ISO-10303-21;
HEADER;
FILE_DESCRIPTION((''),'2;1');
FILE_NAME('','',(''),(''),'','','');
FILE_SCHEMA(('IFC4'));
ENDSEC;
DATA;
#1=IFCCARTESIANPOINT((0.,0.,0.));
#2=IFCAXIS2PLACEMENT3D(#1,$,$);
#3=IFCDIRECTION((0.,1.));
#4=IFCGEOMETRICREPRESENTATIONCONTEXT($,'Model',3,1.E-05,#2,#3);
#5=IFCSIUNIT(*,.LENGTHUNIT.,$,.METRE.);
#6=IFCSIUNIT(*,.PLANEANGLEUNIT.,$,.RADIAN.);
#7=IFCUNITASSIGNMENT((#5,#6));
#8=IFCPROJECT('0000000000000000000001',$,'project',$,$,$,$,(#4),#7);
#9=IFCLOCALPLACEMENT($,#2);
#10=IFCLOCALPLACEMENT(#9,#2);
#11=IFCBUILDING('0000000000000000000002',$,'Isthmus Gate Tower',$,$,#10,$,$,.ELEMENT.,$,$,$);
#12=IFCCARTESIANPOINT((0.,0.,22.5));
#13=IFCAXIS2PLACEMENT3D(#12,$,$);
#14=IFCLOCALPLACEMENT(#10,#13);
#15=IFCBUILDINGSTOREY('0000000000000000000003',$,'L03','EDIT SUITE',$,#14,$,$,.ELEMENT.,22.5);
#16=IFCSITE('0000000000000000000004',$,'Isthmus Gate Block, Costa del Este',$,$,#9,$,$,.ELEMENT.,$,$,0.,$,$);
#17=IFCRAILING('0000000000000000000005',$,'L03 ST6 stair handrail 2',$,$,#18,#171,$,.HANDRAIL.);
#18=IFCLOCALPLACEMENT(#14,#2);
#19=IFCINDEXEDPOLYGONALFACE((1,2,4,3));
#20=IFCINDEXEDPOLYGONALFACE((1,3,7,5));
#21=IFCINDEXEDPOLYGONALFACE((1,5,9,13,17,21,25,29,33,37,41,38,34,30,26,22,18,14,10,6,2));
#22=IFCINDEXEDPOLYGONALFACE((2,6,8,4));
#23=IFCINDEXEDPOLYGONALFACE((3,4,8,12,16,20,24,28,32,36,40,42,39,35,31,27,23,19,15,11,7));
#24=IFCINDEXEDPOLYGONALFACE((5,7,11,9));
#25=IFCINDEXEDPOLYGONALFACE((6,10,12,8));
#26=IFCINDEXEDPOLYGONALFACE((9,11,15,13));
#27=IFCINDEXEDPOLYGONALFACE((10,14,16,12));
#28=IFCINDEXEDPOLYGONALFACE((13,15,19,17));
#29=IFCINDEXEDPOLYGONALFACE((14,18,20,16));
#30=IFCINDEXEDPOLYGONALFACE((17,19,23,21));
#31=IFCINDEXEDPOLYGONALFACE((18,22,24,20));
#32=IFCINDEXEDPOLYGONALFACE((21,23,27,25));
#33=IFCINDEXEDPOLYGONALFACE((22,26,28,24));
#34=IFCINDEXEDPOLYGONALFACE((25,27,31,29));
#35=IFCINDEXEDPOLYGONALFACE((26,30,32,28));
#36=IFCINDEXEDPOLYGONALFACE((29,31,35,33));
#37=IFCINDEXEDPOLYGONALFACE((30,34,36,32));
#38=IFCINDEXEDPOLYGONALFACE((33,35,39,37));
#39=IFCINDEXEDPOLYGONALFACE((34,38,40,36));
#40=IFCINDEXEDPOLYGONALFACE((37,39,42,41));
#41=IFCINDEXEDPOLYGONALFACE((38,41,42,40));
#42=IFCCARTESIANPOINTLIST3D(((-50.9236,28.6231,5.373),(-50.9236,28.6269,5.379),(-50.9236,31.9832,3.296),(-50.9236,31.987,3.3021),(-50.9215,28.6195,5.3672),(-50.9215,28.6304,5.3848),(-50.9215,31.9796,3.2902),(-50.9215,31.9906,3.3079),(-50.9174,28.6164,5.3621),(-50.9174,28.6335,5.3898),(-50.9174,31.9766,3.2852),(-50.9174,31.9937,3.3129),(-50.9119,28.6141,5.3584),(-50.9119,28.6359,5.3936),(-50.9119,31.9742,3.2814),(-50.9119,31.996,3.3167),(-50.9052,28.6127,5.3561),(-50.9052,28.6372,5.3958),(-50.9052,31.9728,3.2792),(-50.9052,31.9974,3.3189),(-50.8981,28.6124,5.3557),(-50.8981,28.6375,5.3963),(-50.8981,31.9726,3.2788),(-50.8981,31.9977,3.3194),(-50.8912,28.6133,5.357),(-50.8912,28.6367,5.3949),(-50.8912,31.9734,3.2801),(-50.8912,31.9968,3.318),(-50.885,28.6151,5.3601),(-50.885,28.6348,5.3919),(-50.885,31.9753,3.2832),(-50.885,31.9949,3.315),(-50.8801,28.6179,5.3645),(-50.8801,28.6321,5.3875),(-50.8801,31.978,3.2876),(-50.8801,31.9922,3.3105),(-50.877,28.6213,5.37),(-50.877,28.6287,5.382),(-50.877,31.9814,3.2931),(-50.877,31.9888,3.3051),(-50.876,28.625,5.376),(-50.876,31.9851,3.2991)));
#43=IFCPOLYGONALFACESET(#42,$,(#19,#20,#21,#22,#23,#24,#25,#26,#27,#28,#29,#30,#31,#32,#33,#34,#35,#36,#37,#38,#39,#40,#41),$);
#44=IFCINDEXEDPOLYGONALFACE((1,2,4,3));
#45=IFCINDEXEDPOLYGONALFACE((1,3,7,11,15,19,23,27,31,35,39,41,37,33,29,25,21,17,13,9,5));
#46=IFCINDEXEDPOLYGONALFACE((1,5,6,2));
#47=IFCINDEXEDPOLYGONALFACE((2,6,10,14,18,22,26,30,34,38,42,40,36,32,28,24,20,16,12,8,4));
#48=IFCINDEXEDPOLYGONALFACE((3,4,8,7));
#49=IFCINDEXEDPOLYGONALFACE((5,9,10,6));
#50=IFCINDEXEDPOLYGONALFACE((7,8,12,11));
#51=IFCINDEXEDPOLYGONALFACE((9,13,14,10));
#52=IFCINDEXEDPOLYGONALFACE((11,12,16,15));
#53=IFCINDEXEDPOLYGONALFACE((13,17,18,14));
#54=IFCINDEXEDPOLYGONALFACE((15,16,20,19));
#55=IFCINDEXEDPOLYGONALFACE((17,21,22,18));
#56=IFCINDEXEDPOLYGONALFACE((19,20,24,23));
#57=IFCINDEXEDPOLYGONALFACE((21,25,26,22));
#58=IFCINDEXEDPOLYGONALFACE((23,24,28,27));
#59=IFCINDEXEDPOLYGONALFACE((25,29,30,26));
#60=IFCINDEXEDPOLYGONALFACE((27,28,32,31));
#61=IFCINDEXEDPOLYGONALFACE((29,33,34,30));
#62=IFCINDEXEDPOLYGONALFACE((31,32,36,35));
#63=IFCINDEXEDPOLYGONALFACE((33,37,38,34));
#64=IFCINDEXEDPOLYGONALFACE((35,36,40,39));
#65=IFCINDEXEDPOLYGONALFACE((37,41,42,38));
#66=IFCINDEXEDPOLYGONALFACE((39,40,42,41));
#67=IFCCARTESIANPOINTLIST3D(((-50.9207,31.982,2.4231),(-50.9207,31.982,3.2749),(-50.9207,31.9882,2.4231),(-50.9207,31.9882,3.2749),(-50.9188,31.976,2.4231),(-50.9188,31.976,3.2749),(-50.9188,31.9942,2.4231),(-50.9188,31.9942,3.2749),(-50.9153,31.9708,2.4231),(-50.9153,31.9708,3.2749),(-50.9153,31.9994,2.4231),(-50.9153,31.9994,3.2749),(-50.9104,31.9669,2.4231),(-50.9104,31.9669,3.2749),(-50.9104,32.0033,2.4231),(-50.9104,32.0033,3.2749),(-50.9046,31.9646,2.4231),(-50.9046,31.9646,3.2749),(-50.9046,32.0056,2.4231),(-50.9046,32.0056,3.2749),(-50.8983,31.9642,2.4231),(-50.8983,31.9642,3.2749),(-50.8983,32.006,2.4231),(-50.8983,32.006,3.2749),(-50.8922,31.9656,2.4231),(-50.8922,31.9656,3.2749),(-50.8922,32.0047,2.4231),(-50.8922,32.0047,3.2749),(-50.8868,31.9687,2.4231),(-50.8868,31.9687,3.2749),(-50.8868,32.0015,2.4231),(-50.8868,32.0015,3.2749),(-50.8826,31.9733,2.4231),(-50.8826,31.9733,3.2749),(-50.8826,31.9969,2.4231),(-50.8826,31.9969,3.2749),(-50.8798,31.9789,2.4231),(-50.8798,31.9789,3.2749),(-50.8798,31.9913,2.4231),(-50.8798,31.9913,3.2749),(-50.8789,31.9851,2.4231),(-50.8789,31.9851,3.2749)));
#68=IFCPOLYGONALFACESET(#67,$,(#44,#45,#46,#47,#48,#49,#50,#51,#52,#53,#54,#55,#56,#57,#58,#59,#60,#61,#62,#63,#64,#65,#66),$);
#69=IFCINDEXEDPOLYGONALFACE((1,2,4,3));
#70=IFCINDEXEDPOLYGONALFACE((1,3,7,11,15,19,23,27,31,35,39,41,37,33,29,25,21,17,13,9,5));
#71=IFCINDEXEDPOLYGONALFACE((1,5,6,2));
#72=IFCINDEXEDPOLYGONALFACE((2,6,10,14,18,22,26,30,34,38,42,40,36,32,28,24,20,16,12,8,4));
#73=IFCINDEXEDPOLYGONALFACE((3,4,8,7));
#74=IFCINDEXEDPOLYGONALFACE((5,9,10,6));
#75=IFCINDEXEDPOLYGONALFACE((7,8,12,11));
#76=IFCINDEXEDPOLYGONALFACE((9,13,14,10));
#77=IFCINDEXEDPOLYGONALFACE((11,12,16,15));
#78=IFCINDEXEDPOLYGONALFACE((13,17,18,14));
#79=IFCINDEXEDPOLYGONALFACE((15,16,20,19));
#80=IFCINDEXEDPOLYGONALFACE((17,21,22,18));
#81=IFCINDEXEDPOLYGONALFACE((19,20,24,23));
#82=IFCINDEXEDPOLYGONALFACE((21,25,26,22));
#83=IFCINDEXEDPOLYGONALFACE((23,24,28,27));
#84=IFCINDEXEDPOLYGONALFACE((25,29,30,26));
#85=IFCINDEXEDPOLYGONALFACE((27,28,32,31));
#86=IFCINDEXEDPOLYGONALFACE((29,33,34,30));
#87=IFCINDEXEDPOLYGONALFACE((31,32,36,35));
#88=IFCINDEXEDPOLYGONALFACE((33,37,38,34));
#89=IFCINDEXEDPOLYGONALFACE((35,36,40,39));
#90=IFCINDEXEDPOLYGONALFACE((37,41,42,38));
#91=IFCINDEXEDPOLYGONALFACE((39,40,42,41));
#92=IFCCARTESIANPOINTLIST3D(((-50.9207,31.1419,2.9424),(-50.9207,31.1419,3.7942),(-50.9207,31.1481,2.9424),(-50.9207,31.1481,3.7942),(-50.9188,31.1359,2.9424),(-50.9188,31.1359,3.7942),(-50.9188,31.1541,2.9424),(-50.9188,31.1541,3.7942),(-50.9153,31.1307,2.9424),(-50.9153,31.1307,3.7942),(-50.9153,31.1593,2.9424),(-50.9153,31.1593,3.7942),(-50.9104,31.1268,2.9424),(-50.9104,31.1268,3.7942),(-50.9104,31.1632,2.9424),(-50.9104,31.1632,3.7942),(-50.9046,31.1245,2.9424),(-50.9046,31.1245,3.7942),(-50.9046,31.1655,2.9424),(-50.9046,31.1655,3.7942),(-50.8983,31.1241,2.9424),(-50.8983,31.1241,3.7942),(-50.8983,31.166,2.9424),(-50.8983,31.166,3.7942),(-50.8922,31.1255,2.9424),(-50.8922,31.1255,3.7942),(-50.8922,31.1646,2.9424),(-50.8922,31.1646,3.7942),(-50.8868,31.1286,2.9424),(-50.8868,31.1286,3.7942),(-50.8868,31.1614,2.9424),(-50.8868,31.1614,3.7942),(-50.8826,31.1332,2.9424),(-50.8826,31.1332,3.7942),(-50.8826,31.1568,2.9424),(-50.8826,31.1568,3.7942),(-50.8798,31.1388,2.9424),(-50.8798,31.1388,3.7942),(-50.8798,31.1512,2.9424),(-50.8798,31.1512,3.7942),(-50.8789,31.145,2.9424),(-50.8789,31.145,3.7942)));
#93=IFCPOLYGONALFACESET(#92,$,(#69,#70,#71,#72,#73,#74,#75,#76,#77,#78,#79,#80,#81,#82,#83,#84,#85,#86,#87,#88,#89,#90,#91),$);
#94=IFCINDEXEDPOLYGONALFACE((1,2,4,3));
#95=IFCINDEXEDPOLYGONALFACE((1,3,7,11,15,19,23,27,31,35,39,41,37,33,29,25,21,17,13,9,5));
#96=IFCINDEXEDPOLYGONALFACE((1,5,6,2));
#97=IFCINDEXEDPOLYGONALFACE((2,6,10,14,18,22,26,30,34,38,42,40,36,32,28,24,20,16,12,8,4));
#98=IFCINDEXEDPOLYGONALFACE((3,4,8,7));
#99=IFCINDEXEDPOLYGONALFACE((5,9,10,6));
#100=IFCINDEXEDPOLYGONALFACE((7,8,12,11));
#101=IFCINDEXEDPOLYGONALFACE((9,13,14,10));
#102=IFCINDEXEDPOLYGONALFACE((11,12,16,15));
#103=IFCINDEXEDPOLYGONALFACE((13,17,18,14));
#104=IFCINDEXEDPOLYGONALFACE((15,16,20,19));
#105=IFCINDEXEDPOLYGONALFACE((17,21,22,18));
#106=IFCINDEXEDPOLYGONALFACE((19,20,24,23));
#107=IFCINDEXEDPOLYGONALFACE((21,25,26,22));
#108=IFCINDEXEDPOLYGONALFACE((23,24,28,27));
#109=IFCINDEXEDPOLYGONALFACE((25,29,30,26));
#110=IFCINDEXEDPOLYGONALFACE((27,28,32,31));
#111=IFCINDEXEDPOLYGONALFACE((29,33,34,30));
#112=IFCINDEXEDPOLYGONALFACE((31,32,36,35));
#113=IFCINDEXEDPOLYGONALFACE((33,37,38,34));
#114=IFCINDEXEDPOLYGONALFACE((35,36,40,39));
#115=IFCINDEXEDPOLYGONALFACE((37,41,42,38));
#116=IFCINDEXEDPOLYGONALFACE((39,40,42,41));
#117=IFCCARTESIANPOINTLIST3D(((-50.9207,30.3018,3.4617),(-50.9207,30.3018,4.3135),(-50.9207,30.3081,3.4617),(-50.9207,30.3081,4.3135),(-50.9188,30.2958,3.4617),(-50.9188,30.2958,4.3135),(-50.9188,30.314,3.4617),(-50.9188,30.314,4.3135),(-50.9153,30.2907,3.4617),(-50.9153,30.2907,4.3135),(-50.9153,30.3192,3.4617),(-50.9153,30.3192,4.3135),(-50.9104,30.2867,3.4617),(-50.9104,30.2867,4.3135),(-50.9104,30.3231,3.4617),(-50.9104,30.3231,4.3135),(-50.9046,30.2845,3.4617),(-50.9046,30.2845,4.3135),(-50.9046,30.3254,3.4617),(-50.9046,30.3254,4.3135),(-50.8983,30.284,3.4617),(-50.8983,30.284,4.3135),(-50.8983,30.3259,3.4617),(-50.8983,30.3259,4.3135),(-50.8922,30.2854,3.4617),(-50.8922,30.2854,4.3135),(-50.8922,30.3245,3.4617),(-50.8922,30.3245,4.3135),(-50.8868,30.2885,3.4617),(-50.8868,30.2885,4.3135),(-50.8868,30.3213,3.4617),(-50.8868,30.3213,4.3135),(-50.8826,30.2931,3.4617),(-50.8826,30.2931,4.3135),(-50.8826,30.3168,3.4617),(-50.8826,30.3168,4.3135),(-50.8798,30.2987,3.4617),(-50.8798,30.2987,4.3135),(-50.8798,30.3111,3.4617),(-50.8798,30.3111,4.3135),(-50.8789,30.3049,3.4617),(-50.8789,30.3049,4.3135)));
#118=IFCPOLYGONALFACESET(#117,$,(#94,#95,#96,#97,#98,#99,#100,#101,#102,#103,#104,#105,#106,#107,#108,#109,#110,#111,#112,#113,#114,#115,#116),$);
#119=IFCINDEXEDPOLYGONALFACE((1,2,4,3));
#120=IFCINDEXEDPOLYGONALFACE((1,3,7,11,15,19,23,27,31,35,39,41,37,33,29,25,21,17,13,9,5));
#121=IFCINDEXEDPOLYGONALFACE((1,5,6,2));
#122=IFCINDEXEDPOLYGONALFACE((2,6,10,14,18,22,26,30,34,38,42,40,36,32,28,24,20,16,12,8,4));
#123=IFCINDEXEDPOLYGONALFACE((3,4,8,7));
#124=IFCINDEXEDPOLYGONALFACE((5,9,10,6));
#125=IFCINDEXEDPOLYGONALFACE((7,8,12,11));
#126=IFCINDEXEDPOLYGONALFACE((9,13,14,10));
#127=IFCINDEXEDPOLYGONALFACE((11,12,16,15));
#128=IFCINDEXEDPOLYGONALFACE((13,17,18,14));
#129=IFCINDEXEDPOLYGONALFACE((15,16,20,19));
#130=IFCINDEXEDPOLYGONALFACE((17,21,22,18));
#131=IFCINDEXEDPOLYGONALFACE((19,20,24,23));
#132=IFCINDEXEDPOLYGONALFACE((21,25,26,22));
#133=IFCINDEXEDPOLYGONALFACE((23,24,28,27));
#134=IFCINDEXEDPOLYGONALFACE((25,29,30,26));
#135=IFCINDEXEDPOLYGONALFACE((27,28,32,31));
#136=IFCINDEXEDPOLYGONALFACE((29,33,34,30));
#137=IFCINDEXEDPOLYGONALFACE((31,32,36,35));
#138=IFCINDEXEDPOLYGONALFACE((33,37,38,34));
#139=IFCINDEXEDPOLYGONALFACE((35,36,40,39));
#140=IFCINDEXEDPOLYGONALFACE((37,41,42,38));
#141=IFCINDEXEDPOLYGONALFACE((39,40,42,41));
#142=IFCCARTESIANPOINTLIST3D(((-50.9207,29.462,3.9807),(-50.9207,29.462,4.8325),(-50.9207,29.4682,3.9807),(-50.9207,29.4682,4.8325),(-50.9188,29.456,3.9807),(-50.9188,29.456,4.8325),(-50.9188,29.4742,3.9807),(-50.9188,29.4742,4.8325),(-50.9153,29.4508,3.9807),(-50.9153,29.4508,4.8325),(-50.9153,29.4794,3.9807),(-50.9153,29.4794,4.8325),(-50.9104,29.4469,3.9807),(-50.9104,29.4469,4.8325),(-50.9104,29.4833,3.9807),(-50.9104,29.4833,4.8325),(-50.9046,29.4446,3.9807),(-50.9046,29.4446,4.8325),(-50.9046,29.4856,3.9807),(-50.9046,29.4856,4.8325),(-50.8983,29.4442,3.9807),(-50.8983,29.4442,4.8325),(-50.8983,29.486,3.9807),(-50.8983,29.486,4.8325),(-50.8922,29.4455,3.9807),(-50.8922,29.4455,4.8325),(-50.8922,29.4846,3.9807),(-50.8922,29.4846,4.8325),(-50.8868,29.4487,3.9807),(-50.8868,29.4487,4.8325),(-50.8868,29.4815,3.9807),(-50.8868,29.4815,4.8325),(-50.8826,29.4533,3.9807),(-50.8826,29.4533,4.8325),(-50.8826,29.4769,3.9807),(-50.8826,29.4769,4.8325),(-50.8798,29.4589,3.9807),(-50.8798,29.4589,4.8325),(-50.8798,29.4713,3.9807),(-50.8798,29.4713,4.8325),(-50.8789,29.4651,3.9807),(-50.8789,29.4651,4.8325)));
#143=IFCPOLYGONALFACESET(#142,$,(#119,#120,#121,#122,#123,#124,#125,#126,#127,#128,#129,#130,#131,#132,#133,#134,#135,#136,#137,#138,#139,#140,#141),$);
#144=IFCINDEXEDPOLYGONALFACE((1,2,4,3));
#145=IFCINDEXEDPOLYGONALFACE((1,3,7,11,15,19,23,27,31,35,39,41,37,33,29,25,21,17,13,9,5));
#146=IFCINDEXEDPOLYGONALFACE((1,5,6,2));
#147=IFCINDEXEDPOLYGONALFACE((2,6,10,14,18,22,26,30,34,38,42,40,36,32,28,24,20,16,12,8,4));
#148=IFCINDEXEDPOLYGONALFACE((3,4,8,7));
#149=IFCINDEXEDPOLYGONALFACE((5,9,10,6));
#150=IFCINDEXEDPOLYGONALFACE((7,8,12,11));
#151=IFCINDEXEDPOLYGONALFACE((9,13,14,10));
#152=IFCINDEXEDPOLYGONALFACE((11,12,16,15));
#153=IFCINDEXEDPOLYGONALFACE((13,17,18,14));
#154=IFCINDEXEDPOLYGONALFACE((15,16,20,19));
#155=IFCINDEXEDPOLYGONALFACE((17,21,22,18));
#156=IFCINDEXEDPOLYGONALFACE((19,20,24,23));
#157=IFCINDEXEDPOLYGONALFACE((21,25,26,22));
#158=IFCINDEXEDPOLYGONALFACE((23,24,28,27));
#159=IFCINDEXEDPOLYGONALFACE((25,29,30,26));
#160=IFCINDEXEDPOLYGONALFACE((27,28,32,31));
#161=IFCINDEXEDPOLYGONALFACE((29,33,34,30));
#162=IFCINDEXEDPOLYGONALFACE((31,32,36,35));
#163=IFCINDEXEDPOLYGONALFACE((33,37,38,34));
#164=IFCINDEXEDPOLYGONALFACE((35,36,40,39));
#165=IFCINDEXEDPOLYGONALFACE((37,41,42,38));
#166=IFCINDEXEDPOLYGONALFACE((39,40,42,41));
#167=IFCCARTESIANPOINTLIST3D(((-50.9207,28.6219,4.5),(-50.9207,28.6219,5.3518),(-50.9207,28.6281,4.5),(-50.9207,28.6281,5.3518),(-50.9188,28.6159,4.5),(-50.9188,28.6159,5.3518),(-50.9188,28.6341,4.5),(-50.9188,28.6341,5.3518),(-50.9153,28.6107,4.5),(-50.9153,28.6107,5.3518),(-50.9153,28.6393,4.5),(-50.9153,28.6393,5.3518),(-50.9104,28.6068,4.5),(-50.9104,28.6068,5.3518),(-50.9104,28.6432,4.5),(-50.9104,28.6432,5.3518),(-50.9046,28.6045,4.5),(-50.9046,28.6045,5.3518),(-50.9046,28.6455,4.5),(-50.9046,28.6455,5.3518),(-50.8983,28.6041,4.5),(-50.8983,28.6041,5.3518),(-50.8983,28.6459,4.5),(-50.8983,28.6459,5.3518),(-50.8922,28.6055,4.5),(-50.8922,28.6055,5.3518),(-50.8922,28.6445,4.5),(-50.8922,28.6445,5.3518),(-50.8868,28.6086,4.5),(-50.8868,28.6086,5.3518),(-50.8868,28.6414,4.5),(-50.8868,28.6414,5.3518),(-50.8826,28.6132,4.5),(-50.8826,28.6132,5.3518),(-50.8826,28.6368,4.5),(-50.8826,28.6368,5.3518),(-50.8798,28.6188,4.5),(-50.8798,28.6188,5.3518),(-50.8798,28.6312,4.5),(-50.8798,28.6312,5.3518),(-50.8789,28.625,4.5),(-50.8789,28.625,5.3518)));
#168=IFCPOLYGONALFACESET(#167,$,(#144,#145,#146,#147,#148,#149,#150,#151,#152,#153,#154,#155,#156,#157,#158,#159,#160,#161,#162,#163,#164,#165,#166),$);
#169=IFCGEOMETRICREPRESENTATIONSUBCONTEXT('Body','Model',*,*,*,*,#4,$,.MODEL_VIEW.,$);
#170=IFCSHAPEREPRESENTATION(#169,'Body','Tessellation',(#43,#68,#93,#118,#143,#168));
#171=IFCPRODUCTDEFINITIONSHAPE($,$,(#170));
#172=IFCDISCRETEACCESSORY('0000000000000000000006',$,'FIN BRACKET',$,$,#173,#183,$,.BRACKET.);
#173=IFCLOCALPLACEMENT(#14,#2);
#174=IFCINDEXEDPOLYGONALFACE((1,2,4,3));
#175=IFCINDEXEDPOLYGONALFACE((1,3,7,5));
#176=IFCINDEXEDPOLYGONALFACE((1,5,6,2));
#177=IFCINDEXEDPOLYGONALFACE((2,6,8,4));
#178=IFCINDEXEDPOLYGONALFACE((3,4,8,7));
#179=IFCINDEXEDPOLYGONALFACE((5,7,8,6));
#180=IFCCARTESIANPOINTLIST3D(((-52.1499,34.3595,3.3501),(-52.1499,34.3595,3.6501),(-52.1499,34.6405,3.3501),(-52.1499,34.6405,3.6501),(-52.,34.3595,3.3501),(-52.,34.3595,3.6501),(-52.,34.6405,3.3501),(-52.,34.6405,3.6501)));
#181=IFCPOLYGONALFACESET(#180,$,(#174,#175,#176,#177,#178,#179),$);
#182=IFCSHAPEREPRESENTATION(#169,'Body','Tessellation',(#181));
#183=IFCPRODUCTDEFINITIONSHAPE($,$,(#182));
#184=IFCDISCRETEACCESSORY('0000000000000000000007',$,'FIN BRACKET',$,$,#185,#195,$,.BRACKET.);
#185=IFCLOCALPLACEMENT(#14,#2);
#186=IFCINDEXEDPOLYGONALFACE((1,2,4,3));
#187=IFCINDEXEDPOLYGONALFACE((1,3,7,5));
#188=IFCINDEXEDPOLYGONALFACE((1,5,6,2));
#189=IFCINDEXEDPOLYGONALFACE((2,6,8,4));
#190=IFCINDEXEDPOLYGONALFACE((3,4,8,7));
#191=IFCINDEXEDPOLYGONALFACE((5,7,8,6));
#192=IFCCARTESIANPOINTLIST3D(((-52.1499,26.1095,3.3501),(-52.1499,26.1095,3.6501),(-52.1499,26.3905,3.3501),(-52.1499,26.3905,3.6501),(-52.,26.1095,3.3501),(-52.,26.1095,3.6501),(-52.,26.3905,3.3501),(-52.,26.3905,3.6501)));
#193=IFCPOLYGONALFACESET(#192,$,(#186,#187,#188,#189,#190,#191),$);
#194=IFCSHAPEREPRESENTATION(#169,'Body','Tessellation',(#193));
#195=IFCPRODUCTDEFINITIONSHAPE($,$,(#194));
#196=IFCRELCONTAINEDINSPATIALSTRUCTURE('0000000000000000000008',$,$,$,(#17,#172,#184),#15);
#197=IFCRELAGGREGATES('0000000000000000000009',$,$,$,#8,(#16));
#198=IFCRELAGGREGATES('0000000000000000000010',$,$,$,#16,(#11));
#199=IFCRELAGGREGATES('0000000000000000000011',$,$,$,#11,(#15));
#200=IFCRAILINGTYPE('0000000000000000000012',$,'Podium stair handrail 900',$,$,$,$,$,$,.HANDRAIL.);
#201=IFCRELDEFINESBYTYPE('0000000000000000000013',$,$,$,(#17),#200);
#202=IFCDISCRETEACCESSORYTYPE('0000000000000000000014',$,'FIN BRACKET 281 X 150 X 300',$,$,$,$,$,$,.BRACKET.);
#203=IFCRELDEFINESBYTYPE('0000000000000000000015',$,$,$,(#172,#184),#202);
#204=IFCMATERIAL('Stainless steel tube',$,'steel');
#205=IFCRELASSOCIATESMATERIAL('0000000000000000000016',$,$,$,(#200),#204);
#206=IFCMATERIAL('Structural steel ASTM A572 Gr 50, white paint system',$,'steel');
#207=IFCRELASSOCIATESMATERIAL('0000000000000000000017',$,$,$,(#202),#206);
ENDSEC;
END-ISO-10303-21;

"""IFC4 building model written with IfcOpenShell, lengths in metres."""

from ifc_helpers import new_model, si_unit, direction, frame, origin, origin_2d, place, context, subcontext, project, spatial, rectangle, circle, extrude, material, type_object, element, save


model = new_model("IFC4")

# Units and contexts
model_context = context("Model", 3, precision=1e-05, world=origin(), true_north=direction((0.0, 1.0)))
body_context = subcontext(model_context, "Body", "Model", "MODEL_VIEW")
ifc_project = project(units=[si_unit("LENGTHUNIT", "METRE"), si_unit("PLANEANGLEUNIT", "RADIAN")], contexts=[model_context])

# Site, building, storey
site_placement = place(None, origin())
site = spatial("IfcSite", under=ifc_project, at=site_placement, Name="Isthmus Gate Block, Costa del Este", CompositionType="ELEMENT", RefElevation=0.0)
building_placement = place(site_placement, origin())
building = spatial("IfcBuilding", under=site, at=building_placement, Name="Isthmus Gate Tower", CompositionType="ELEMENT")
storey_placement = place(building_placement, frame((0.0, 0.0, 22.5)))
storey = spatial("IfcBuildingStorey", under=building, at=storey_placement, Name="L03", Description="EDIT SUITE", CompositionType="ELEMENT", Elevation=22.5)

# Railing
ifc_material_1 = material(Name="Stainless steel tube", Category="steel")
railing_type_1 = type_object("IfcRailingType", Name="Podium stair handrail 900", PredefinedType="HANDRAIL", material=ifc_material_1)
railing_1_placement = place(storey_placement, frame((-50.8999, 31.9851, 2.4231)))
element("IfcRailing", 1, at=railing_1_placement, inside=storey, type_object=railing_type_1, Name="L03 ST6 stair handrail 2", PredefinedType="HANDRAIL", context=body_context, shape_type="SweptSolid", body=[
    extrude(circle(Radius=0.0239, at=origin_2d()), frame((0.0, 0.0, 0.876), z_axis=(0.0, -0.850623, 0.525776), x_axis=(1.0, 0.0, 0.0)), (0.0, 0.0, 1.0), 3.9502),
    extrude(circle(Radius=0.021, at=origin_2d()), origin(), (0.0, 0.0, 1.0), 0.8518),
    extrude(circle(Radius=0.021, at=origin_2d()), frame((0.0, -0.8401, 0.5193)), (0.0, 0.0, 1.0), 0.8518),
    extrude(circle(Radius=0.021, at=origin_2d()), frame((0.0, -1.6802, 1.0386)), (0.0, 0.0, 1.0), 0.8518),
    extrude(circle(Radius=0.021, at=origin_2d()), frame((0.0, -2.52, 1.5576)), (0.0, 0.0, 1.0), 0.8518),
    extrude(circle(Radius=0.021, at=origin_2d()), frame((0.0, -3.3601, 2.0769)), (0.0, 0.0, 1.0), 0.8518),
])

# Discrete accessories
ifc_material_2 = material(Name="Structural steel ASTM A572 Gr 50, white paint system", Category="steel")
discrete_accessory_type = type_object("IfcDiscreteAccessoryType", Name="FIN BRACKET 281 X 150 X 300", PredefinedType="BRACKET", material=ifc_material_2)
for number, where, z_axis, x_axis, name in (
    (2, (-52.075, 34.5, 3.3501), (0.0, 0.0, 1.0), (-1.0, 0.0, 0.0), "FIN BRACKET"),
    (3, (-52.075, 26.25, 3.3501), (0.0, 0.0, 1.0), (-1.0, 0.0, 0.0), "FIN BRACKET"),
):
    element("IfcDiscreteAccessory", number, at=place(storey_placement, frame(where, z_axis=z_axis, x_axis=x_axis)), inside=storey, type_object=discrete_accessory_type, Name=name, PredefinedType="BRACKET", context=body_context, shape_type="SweptSolid", body=[
        extrude(rectangle(XDim=0.1499, YDim=0.281, at=origin_2d()), origin(), (0.0, 0.0, 1.0), 0.3),
    ])

save(model, "model.ifc")
